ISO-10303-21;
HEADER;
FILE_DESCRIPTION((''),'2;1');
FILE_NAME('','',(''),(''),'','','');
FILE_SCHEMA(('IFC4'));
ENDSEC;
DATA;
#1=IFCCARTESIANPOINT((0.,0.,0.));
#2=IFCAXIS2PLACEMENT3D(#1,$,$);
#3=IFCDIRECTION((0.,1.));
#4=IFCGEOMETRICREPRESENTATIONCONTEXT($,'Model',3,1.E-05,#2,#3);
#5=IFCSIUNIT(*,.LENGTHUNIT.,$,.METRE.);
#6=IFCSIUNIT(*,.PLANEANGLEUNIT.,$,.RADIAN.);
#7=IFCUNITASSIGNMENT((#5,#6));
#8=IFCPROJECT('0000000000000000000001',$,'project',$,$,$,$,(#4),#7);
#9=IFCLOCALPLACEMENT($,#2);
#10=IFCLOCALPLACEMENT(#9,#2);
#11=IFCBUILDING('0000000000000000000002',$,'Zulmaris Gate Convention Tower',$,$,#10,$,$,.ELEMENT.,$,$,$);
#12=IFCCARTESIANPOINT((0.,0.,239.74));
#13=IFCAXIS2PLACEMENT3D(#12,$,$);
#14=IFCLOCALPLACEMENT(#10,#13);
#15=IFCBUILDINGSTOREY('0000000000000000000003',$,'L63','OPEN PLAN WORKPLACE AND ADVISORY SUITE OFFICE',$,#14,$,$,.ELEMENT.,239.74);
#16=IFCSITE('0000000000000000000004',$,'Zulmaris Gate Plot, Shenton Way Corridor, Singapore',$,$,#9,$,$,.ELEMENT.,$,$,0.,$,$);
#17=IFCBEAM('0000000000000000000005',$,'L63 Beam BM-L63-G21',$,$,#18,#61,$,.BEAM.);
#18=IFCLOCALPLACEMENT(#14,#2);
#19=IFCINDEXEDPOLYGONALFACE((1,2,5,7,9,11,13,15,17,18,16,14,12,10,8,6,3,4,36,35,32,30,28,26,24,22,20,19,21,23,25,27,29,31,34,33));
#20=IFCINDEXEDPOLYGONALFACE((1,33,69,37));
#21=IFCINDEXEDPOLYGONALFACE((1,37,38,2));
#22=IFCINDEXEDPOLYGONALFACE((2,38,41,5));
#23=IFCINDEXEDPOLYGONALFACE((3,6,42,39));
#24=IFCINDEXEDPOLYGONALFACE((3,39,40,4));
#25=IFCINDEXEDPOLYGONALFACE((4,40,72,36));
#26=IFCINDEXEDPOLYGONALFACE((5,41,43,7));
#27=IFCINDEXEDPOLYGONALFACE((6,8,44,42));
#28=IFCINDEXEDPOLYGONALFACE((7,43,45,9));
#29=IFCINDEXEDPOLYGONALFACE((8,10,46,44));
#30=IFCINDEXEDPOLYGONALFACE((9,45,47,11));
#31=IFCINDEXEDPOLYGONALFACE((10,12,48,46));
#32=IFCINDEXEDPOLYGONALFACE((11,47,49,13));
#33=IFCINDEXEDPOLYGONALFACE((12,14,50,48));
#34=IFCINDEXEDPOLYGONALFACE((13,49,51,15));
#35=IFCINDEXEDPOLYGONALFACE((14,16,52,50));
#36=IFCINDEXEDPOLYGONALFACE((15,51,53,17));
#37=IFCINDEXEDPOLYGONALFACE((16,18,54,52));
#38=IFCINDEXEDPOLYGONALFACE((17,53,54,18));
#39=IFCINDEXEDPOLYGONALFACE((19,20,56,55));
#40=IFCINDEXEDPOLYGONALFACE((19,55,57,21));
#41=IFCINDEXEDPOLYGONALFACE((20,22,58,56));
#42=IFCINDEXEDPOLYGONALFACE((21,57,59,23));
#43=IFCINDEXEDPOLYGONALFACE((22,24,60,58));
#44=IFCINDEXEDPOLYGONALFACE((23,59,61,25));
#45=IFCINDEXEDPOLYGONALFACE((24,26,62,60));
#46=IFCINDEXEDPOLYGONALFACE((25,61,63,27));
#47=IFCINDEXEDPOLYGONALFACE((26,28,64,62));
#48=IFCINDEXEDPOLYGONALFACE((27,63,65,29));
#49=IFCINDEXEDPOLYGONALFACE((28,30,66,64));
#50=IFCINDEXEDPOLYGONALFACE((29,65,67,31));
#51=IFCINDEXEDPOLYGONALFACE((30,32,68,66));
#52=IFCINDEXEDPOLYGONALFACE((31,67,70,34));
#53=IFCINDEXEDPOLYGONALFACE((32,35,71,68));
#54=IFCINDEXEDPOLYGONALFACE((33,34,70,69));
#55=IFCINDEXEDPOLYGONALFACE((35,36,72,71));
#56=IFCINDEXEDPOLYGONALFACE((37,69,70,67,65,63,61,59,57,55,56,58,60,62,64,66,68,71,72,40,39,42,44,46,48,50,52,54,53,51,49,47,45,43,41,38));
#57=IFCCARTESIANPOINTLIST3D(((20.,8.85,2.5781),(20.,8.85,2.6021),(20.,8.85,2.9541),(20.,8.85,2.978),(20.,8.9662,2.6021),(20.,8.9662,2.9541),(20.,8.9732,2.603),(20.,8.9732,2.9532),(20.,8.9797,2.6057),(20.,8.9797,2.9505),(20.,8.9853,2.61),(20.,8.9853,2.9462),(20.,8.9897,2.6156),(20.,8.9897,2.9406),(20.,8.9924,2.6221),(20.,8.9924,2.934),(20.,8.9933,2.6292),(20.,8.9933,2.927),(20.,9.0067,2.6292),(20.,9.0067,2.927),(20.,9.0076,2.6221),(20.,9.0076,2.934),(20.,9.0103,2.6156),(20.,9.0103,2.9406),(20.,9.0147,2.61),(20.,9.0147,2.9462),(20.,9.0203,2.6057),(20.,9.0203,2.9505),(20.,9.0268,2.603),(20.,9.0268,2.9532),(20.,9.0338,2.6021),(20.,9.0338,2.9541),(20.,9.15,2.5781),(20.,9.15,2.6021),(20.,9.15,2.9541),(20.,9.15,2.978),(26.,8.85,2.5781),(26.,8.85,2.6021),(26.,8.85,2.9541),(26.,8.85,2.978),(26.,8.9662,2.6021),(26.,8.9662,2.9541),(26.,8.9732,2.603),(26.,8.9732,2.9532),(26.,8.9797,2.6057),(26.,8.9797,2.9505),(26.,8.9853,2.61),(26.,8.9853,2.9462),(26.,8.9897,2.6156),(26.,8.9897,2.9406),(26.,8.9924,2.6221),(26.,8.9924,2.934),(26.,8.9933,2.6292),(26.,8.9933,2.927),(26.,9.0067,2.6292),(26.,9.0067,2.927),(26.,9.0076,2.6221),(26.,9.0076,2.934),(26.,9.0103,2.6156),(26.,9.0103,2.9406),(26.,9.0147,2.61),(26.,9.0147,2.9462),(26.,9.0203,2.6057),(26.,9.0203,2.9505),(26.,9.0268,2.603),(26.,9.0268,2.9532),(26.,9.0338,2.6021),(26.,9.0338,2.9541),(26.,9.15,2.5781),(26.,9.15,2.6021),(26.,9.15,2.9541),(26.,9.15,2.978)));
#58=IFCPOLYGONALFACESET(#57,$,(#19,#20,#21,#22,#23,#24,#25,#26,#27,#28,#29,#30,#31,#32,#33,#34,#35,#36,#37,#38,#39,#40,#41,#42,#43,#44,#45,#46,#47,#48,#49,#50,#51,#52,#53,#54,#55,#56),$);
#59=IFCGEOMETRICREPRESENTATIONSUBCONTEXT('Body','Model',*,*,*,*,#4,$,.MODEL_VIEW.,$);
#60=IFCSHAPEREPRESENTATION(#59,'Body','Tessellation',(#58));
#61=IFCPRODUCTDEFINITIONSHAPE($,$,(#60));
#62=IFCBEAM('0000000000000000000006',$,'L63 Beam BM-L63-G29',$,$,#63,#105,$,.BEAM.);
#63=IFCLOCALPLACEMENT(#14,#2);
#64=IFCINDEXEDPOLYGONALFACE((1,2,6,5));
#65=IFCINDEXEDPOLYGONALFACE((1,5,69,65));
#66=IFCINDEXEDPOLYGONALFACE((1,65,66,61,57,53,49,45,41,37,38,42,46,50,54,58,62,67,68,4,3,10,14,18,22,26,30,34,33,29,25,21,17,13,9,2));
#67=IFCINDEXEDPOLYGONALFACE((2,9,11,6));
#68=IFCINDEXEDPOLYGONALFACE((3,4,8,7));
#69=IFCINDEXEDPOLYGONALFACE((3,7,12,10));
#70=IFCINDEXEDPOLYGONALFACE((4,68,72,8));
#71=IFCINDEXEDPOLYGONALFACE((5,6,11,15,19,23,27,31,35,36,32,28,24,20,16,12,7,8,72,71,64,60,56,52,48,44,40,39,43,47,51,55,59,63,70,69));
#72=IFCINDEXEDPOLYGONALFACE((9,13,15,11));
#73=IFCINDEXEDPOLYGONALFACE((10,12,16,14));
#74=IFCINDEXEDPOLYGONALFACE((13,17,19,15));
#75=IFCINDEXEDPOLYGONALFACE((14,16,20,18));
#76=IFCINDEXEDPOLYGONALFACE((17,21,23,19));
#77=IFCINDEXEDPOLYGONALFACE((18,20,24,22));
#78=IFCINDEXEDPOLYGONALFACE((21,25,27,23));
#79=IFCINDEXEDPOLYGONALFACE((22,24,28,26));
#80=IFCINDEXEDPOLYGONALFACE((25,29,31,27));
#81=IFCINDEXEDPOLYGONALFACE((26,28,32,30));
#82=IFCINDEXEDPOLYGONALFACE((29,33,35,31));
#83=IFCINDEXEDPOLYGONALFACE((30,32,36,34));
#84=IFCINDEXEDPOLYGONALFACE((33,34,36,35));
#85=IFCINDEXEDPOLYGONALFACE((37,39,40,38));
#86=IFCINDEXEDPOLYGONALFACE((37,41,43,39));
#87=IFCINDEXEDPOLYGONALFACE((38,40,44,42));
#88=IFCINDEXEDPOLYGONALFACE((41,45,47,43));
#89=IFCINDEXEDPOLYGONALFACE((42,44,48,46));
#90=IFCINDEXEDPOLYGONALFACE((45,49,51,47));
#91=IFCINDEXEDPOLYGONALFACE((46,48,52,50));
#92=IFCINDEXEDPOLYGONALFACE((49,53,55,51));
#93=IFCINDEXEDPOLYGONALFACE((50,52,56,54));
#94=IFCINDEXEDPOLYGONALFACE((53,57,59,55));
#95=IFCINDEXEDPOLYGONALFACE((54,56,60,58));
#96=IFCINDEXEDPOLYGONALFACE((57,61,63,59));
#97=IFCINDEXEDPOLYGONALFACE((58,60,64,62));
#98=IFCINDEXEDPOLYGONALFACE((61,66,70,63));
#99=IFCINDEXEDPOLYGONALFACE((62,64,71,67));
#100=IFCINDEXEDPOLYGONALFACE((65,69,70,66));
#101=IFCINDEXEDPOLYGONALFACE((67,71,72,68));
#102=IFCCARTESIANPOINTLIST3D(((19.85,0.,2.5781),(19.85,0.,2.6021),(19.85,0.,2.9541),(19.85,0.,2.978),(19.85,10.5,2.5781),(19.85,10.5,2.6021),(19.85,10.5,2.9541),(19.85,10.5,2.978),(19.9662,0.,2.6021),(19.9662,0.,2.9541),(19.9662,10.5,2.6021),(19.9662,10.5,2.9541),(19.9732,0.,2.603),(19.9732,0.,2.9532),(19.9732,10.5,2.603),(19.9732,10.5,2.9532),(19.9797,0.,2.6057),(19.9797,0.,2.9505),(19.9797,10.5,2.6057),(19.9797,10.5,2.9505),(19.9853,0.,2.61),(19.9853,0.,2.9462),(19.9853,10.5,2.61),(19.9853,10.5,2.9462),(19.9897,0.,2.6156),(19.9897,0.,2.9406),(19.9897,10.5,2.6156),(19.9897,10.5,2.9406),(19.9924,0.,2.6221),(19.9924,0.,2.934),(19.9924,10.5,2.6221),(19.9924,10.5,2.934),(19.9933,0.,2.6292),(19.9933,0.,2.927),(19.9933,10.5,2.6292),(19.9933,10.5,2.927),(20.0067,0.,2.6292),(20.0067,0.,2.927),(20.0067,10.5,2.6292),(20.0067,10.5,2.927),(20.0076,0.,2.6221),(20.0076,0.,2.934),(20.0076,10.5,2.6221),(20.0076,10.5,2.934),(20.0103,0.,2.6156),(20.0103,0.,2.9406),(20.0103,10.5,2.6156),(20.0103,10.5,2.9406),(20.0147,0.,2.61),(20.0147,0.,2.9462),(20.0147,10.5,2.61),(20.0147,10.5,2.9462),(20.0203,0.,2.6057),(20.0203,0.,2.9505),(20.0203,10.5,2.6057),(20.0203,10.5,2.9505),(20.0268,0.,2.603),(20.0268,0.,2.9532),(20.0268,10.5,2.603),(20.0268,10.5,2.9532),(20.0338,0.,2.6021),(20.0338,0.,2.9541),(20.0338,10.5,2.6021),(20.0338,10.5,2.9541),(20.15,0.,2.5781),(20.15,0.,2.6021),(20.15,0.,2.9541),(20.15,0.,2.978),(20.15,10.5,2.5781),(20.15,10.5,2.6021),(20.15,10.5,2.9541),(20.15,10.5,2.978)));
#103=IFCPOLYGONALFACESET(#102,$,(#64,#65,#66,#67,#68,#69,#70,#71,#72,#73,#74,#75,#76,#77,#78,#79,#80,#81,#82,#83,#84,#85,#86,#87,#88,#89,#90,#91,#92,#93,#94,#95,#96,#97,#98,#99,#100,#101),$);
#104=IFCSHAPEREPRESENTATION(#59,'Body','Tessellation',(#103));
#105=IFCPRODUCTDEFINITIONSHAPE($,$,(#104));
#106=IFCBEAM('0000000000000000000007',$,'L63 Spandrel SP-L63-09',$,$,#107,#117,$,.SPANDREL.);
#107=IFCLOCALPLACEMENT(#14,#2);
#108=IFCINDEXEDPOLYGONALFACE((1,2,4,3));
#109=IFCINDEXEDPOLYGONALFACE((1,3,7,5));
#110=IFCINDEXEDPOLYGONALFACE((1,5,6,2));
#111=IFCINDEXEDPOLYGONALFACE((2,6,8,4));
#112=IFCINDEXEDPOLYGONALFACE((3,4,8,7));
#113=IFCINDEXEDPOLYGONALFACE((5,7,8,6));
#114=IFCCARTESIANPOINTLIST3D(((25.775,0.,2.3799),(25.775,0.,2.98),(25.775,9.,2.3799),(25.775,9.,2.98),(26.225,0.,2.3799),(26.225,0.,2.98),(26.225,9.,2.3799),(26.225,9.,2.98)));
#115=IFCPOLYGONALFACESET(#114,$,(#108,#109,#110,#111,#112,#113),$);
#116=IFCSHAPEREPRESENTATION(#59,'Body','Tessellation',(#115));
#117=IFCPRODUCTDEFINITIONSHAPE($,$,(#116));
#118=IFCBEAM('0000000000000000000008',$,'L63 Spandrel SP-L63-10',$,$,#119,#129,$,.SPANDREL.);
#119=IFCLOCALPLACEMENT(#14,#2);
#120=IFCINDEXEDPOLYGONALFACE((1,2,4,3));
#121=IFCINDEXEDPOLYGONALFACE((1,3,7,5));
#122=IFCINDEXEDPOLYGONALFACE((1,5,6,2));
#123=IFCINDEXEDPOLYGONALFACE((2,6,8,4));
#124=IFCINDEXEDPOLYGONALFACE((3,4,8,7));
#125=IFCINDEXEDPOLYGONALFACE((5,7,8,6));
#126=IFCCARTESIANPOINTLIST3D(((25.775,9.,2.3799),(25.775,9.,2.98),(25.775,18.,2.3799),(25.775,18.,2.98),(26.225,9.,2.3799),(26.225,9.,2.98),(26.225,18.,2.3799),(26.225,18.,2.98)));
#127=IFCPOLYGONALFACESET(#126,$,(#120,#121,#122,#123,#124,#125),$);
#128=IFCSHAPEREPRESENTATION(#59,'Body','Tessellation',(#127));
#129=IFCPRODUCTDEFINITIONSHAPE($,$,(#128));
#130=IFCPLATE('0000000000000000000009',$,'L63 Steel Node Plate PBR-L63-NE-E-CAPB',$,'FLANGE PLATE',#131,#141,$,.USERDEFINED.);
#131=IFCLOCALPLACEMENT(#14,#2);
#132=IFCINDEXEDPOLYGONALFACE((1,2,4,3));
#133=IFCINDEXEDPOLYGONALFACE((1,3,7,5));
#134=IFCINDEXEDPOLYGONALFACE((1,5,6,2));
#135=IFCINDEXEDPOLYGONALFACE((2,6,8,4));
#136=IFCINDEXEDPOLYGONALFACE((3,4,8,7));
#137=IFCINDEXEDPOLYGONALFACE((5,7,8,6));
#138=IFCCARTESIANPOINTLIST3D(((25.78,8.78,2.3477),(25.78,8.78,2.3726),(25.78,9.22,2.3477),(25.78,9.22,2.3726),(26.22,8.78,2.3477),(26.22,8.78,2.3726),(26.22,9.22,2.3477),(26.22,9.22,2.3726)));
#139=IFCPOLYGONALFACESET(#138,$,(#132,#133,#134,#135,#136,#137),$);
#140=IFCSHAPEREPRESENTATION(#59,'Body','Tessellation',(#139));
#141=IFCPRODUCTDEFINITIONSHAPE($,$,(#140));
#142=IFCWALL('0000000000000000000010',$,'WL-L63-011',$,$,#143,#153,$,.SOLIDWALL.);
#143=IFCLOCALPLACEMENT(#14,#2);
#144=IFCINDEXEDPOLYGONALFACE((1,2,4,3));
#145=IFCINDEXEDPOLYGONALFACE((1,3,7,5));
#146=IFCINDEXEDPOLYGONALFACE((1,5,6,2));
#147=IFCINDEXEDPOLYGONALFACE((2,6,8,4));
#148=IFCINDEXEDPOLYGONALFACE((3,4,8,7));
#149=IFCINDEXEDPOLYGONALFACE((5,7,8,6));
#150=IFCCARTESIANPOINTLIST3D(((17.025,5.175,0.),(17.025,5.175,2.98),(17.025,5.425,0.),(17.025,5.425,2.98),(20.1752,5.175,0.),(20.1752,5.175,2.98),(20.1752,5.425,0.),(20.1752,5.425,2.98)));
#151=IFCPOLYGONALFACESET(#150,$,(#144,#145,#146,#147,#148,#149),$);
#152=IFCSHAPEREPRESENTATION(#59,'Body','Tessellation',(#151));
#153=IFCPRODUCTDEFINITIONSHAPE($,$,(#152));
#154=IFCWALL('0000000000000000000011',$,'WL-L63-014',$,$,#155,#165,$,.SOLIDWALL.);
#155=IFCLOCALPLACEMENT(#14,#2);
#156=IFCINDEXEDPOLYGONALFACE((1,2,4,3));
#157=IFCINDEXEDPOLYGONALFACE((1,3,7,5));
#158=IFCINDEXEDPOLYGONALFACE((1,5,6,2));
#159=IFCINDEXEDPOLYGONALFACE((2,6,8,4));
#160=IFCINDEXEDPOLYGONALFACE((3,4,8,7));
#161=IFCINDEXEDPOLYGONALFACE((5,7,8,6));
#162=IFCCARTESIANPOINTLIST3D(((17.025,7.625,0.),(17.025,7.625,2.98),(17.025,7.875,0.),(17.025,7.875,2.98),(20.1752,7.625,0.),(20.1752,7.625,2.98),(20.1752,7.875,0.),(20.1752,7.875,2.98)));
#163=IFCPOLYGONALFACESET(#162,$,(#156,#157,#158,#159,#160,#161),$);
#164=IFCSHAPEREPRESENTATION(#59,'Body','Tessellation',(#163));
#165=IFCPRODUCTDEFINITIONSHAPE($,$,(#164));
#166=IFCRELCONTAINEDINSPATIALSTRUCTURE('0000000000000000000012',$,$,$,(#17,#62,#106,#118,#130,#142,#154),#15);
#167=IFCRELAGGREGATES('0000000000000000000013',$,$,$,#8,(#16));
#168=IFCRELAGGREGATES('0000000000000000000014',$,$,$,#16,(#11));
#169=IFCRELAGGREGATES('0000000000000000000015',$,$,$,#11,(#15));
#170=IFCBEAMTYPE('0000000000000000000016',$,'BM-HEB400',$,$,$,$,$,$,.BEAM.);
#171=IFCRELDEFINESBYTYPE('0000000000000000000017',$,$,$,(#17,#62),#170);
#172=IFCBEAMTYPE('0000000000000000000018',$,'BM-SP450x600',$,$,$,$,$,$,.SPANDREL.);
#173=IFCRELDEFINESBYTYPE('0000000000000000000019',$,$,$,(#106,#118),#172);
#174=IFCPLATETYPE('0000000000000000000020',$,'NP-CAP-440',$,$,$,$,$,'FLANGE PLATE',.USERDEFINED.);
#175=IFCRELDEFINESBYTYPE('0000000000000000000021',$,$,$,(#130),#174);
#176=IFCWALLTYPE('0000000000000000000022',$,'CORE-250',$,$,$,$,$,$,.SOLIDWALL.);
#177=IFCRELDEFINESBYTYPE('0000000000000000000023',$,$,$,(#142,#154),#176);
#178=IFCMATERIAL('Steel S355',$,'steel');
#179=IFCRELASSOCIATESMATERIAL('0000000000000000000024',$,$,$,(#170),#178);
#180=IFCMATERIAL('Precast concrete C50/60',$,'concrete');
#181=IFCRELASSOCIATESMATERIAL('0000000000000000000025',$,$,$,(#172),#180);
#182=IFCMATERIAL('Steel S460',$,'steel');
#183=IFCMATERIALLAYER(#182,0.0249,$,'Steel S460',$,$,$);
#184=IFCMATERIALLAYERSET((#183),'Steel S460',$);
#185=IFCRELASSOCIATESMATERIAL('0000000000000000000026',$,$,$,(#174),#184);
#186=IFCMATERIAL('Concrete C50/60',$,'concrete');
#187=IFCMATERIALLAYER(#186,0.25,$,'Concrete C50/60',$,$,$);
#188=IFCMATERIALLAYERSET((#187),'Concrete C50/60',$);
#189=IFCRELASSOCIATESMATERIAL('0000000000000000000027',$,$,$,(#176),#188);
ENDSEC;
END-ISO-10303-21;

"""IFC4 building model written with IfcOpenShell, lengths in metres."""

from ifc_helpers import new_model, si_unit, direction, frame, frame_2d, origin, origin_2d, place, context, subcontext, project, spatial, rectangle, i_section, extrude, material, layer, layer_set, material_profile, profile_set, type_object, element, save


model = new_model("IFC4")

# Units and contexts
model_context = context("Model", 3, precision=1e-05, world=origin(), true_north=direction((0.0, 1.0)))
body_context = subcontext(model_context, "Body", "Model", "MODEL_VIEW")
ifc_project = project(units=[si_unit("LENGTHUNIT", "METRE"), si_unit("PLANEANGLEUNIT", "RADIAN")], contexts=[model_context])

# Site, building, storey
site_placement = place(None, origin())
site = spatial("IfcSite", under=ifc_project, at=site_placement, Name="Zulmaris Gate Plot, Shenton Way Corridor, Singapore", CompositionType="ELEMENT", RefElevation=0.0)
building_placement = place(site_placement, origin())
building = spatial("IfcBuilding", under=site, at=building_placement, Name="Zulmaris Gate Convention Tower", CompositionType="ELEMENT")
storey_placement = place(building_placement, frame((0.0, 0.0, 239.74)))
storey = spatial("IfcBuildingStorey", under=building, at=storey_placement, Name="L63", Description="OPEN PLAN WORKPLACE AND ADVISORY SUITE OFFICE", CompositionType="ELEMENT", Elevation=239.74)

# Shared definitions
ifc_material_1 = material(Name="Concrete C50/60", Category="concrete")

# Beams
ifc_material_2 = material(Name="Steel S355", Category="steel")
ifc_material_profile_1 = material_profile(ifc_material_2, i_section(OverallWidth=0.3, OverallDepth=0.3999, WebThickness=0.0134, FlangeThickness=0.0239, FilletRadius=0.0271, at=origin_2d()), Name="HEB 400")
ifc_profile_set_1 = profile_set([ifc_material_profile_1], Name="Steel S355")
beam_type_1 = type_object("IfcBeamType", Name="BM-HEB400", PredefinedType="BEAM", material=ifc_profile_set_1)
for number, where, z_axis, x_axis, name in (
    (1, (20.0, 9.0, 2.7781), (1.0, 0.0, 0.0), (0.0, 1.0, 0.0), "L63 Beam BM-L63-G21"),
):
    element("IfcBeam", number, at=place(storey_placement, frame(where, z_axis=z_axis, x_axis=x_axis)), inside=storey, type_object=beam_type_1, Name=name, PredefinedType="BEAM", context=body_context, shape_type="SweptSolid", body=[
        extrude(i_section(OverallWidth=0.3, OverallDepth=0.3999, WebThickness=0.0134, FlangeThickness=0.0239, FilletRadius=0.0271, at=origin_2d()), origin(), (0.0, 0.0, 1.0), 6.0),
    ])
beam_placement = place(storey_placement, frame((20.0, 0.0, 2.7781), z_axis=(0.0, 1.0, 0.0), x_axis=(-1.0, 0.0, 0.0)))
element("IfcBeam", 2, at=beam_placement, inside=storey, type_object=beam_type_1, Name="L63 Beam BM-L63-G29", PredefinedType="BEAM", context=body_context, shape_type="SweptSolid", body=[
    extrude(i_section(OverallWidth=0.3, OverallDepth=0.3999, WebThickness=0.0134, FlangeThickness=0.0239, FilletRadius=0.0271, at=origin_2d()), origin(), (0.0, 0.0, 1.0), 10.5),
])
ifc_material_3 = material(Name="Precast concrete C50/60", Category="concrete")
ifc_material_profile_2 = material_profile(ifc_material_3, rectangle(XDim=0.45, YDim=0.6001, at=origin_2d()), Name="RC SPANDREL 450x600")
ifc_profile_set_2 = profile_set([ifc_material_profile_2], Name="Precast concrete C50/60")
beam_type_2 = type_object("IfcBeamType", Name="BM-SP450x600", PredefinedType="SPANDREL", material=ifc_profile_set_2)
for number, where, z_axis, x_axis, name in (
    (3, (26.0, 0.0, 2.6799), (0.0, 1.0, 0.0), (-1.0, 0.0, 0.0), "L63 Spandrel SP-L63-09"),
    (4, (26.0, 9.0, 2.6799), (0.0, 1.0, 0.0), (-1.0, 0.0, 0.0), "L63 Spandrel SP-L63-10"),
):
    element("IfcBeam", number, at=place(storey_placement, frame(where, z_axis=z_axis, x_axis=x_axis)), inside=storey, type_object=beam_type_2, Name=name, PredefinedType="SPANDREL", context=body_context, shape_type="SweptSolid", body=[
        extrude(rectangle(XDim=0.45, YDim=0.6001, at=origin_2d()), origin(), (0.0, 0.0, 1.0), 9.0),
    ])

# Plate
ifc_material_4 = material(Name="Steel S460", Category="steel")
ifc_layer_1 = layer(ifc_material_4, 0.0249, Name="Steel S460")
ifc_layer_set_1 = layer_set([ifc_layer_1], Name="Steel S460")
plate_type = type_object("IfcPlateType", Name="NP-CAP-440", ElementType="FLANGE PLATE", PredefinedType="USERDEFINED", material=ifc_layer_set_1)
plate_placement = place(storey_placement, frame((26.0, 9.0, 2.3477), z_axis=(0.0, 0.0, 1.0), x_axis=(1.0, 0.0, 0.0)))
element("IfcPlate", 5, at=plate_placement, inside=storey, type_object=plate_type, Name="L63 Steel Node Plate PBR-L63-NE-E-CAPB", ObjectType="FLANGE PLATE", PredefinedType="USERDEFINED", context=body_context, shape_type="SweptSolid", body=[
    extrude(rectangle(XDim=0.4399, YDim=0.4399, at=origin_2d()), origin(), (0.0, 0.0, 1.0), 0.0249),
])

# Walls
ifc_layer_2 = layer(ifc_material_1, 0.25, Name="Concrete C50/60")
ifc_layer_set_2 = layer_set([ifc_layer_2], Name="Concrete C50/60")
wall_type_1 = type_object("IfcWallType", Name="CORE-250", PredefinedType="SOLIDWALL", material=ifc_layer_set_2)
for number, where, z_axis, x_axis, name in (
    (6, (17.0249, 5.3, 0.0), (0.0, 0.0, 1.0), (1.0, 0.0, 0.0), "WL-L63-011"),
    (7, (17.0249, 7.75, 0.0), (0.0, 0.0, 1.0), (1.0, 0.0, 0.0), "WL-L63-014"),
):
    element("IfcWall", number, at=place(storey_placement, frame(where, z_axis=z_axis, x_axis=x_axis)), inside=storey, type_object=wall_type_1, Name=name, PredefinedType="SOLIDWALL", context=body_context, shape_type="SweptSolid", body=[
        extrude(rectangle(XDim=3.1501, YDim=0.25, at=frame_2d((1.5752, 0.0))), origin(), (0.0, 0.0, 1.0), 2.98),
    ])

save(model, "model.ifc")
